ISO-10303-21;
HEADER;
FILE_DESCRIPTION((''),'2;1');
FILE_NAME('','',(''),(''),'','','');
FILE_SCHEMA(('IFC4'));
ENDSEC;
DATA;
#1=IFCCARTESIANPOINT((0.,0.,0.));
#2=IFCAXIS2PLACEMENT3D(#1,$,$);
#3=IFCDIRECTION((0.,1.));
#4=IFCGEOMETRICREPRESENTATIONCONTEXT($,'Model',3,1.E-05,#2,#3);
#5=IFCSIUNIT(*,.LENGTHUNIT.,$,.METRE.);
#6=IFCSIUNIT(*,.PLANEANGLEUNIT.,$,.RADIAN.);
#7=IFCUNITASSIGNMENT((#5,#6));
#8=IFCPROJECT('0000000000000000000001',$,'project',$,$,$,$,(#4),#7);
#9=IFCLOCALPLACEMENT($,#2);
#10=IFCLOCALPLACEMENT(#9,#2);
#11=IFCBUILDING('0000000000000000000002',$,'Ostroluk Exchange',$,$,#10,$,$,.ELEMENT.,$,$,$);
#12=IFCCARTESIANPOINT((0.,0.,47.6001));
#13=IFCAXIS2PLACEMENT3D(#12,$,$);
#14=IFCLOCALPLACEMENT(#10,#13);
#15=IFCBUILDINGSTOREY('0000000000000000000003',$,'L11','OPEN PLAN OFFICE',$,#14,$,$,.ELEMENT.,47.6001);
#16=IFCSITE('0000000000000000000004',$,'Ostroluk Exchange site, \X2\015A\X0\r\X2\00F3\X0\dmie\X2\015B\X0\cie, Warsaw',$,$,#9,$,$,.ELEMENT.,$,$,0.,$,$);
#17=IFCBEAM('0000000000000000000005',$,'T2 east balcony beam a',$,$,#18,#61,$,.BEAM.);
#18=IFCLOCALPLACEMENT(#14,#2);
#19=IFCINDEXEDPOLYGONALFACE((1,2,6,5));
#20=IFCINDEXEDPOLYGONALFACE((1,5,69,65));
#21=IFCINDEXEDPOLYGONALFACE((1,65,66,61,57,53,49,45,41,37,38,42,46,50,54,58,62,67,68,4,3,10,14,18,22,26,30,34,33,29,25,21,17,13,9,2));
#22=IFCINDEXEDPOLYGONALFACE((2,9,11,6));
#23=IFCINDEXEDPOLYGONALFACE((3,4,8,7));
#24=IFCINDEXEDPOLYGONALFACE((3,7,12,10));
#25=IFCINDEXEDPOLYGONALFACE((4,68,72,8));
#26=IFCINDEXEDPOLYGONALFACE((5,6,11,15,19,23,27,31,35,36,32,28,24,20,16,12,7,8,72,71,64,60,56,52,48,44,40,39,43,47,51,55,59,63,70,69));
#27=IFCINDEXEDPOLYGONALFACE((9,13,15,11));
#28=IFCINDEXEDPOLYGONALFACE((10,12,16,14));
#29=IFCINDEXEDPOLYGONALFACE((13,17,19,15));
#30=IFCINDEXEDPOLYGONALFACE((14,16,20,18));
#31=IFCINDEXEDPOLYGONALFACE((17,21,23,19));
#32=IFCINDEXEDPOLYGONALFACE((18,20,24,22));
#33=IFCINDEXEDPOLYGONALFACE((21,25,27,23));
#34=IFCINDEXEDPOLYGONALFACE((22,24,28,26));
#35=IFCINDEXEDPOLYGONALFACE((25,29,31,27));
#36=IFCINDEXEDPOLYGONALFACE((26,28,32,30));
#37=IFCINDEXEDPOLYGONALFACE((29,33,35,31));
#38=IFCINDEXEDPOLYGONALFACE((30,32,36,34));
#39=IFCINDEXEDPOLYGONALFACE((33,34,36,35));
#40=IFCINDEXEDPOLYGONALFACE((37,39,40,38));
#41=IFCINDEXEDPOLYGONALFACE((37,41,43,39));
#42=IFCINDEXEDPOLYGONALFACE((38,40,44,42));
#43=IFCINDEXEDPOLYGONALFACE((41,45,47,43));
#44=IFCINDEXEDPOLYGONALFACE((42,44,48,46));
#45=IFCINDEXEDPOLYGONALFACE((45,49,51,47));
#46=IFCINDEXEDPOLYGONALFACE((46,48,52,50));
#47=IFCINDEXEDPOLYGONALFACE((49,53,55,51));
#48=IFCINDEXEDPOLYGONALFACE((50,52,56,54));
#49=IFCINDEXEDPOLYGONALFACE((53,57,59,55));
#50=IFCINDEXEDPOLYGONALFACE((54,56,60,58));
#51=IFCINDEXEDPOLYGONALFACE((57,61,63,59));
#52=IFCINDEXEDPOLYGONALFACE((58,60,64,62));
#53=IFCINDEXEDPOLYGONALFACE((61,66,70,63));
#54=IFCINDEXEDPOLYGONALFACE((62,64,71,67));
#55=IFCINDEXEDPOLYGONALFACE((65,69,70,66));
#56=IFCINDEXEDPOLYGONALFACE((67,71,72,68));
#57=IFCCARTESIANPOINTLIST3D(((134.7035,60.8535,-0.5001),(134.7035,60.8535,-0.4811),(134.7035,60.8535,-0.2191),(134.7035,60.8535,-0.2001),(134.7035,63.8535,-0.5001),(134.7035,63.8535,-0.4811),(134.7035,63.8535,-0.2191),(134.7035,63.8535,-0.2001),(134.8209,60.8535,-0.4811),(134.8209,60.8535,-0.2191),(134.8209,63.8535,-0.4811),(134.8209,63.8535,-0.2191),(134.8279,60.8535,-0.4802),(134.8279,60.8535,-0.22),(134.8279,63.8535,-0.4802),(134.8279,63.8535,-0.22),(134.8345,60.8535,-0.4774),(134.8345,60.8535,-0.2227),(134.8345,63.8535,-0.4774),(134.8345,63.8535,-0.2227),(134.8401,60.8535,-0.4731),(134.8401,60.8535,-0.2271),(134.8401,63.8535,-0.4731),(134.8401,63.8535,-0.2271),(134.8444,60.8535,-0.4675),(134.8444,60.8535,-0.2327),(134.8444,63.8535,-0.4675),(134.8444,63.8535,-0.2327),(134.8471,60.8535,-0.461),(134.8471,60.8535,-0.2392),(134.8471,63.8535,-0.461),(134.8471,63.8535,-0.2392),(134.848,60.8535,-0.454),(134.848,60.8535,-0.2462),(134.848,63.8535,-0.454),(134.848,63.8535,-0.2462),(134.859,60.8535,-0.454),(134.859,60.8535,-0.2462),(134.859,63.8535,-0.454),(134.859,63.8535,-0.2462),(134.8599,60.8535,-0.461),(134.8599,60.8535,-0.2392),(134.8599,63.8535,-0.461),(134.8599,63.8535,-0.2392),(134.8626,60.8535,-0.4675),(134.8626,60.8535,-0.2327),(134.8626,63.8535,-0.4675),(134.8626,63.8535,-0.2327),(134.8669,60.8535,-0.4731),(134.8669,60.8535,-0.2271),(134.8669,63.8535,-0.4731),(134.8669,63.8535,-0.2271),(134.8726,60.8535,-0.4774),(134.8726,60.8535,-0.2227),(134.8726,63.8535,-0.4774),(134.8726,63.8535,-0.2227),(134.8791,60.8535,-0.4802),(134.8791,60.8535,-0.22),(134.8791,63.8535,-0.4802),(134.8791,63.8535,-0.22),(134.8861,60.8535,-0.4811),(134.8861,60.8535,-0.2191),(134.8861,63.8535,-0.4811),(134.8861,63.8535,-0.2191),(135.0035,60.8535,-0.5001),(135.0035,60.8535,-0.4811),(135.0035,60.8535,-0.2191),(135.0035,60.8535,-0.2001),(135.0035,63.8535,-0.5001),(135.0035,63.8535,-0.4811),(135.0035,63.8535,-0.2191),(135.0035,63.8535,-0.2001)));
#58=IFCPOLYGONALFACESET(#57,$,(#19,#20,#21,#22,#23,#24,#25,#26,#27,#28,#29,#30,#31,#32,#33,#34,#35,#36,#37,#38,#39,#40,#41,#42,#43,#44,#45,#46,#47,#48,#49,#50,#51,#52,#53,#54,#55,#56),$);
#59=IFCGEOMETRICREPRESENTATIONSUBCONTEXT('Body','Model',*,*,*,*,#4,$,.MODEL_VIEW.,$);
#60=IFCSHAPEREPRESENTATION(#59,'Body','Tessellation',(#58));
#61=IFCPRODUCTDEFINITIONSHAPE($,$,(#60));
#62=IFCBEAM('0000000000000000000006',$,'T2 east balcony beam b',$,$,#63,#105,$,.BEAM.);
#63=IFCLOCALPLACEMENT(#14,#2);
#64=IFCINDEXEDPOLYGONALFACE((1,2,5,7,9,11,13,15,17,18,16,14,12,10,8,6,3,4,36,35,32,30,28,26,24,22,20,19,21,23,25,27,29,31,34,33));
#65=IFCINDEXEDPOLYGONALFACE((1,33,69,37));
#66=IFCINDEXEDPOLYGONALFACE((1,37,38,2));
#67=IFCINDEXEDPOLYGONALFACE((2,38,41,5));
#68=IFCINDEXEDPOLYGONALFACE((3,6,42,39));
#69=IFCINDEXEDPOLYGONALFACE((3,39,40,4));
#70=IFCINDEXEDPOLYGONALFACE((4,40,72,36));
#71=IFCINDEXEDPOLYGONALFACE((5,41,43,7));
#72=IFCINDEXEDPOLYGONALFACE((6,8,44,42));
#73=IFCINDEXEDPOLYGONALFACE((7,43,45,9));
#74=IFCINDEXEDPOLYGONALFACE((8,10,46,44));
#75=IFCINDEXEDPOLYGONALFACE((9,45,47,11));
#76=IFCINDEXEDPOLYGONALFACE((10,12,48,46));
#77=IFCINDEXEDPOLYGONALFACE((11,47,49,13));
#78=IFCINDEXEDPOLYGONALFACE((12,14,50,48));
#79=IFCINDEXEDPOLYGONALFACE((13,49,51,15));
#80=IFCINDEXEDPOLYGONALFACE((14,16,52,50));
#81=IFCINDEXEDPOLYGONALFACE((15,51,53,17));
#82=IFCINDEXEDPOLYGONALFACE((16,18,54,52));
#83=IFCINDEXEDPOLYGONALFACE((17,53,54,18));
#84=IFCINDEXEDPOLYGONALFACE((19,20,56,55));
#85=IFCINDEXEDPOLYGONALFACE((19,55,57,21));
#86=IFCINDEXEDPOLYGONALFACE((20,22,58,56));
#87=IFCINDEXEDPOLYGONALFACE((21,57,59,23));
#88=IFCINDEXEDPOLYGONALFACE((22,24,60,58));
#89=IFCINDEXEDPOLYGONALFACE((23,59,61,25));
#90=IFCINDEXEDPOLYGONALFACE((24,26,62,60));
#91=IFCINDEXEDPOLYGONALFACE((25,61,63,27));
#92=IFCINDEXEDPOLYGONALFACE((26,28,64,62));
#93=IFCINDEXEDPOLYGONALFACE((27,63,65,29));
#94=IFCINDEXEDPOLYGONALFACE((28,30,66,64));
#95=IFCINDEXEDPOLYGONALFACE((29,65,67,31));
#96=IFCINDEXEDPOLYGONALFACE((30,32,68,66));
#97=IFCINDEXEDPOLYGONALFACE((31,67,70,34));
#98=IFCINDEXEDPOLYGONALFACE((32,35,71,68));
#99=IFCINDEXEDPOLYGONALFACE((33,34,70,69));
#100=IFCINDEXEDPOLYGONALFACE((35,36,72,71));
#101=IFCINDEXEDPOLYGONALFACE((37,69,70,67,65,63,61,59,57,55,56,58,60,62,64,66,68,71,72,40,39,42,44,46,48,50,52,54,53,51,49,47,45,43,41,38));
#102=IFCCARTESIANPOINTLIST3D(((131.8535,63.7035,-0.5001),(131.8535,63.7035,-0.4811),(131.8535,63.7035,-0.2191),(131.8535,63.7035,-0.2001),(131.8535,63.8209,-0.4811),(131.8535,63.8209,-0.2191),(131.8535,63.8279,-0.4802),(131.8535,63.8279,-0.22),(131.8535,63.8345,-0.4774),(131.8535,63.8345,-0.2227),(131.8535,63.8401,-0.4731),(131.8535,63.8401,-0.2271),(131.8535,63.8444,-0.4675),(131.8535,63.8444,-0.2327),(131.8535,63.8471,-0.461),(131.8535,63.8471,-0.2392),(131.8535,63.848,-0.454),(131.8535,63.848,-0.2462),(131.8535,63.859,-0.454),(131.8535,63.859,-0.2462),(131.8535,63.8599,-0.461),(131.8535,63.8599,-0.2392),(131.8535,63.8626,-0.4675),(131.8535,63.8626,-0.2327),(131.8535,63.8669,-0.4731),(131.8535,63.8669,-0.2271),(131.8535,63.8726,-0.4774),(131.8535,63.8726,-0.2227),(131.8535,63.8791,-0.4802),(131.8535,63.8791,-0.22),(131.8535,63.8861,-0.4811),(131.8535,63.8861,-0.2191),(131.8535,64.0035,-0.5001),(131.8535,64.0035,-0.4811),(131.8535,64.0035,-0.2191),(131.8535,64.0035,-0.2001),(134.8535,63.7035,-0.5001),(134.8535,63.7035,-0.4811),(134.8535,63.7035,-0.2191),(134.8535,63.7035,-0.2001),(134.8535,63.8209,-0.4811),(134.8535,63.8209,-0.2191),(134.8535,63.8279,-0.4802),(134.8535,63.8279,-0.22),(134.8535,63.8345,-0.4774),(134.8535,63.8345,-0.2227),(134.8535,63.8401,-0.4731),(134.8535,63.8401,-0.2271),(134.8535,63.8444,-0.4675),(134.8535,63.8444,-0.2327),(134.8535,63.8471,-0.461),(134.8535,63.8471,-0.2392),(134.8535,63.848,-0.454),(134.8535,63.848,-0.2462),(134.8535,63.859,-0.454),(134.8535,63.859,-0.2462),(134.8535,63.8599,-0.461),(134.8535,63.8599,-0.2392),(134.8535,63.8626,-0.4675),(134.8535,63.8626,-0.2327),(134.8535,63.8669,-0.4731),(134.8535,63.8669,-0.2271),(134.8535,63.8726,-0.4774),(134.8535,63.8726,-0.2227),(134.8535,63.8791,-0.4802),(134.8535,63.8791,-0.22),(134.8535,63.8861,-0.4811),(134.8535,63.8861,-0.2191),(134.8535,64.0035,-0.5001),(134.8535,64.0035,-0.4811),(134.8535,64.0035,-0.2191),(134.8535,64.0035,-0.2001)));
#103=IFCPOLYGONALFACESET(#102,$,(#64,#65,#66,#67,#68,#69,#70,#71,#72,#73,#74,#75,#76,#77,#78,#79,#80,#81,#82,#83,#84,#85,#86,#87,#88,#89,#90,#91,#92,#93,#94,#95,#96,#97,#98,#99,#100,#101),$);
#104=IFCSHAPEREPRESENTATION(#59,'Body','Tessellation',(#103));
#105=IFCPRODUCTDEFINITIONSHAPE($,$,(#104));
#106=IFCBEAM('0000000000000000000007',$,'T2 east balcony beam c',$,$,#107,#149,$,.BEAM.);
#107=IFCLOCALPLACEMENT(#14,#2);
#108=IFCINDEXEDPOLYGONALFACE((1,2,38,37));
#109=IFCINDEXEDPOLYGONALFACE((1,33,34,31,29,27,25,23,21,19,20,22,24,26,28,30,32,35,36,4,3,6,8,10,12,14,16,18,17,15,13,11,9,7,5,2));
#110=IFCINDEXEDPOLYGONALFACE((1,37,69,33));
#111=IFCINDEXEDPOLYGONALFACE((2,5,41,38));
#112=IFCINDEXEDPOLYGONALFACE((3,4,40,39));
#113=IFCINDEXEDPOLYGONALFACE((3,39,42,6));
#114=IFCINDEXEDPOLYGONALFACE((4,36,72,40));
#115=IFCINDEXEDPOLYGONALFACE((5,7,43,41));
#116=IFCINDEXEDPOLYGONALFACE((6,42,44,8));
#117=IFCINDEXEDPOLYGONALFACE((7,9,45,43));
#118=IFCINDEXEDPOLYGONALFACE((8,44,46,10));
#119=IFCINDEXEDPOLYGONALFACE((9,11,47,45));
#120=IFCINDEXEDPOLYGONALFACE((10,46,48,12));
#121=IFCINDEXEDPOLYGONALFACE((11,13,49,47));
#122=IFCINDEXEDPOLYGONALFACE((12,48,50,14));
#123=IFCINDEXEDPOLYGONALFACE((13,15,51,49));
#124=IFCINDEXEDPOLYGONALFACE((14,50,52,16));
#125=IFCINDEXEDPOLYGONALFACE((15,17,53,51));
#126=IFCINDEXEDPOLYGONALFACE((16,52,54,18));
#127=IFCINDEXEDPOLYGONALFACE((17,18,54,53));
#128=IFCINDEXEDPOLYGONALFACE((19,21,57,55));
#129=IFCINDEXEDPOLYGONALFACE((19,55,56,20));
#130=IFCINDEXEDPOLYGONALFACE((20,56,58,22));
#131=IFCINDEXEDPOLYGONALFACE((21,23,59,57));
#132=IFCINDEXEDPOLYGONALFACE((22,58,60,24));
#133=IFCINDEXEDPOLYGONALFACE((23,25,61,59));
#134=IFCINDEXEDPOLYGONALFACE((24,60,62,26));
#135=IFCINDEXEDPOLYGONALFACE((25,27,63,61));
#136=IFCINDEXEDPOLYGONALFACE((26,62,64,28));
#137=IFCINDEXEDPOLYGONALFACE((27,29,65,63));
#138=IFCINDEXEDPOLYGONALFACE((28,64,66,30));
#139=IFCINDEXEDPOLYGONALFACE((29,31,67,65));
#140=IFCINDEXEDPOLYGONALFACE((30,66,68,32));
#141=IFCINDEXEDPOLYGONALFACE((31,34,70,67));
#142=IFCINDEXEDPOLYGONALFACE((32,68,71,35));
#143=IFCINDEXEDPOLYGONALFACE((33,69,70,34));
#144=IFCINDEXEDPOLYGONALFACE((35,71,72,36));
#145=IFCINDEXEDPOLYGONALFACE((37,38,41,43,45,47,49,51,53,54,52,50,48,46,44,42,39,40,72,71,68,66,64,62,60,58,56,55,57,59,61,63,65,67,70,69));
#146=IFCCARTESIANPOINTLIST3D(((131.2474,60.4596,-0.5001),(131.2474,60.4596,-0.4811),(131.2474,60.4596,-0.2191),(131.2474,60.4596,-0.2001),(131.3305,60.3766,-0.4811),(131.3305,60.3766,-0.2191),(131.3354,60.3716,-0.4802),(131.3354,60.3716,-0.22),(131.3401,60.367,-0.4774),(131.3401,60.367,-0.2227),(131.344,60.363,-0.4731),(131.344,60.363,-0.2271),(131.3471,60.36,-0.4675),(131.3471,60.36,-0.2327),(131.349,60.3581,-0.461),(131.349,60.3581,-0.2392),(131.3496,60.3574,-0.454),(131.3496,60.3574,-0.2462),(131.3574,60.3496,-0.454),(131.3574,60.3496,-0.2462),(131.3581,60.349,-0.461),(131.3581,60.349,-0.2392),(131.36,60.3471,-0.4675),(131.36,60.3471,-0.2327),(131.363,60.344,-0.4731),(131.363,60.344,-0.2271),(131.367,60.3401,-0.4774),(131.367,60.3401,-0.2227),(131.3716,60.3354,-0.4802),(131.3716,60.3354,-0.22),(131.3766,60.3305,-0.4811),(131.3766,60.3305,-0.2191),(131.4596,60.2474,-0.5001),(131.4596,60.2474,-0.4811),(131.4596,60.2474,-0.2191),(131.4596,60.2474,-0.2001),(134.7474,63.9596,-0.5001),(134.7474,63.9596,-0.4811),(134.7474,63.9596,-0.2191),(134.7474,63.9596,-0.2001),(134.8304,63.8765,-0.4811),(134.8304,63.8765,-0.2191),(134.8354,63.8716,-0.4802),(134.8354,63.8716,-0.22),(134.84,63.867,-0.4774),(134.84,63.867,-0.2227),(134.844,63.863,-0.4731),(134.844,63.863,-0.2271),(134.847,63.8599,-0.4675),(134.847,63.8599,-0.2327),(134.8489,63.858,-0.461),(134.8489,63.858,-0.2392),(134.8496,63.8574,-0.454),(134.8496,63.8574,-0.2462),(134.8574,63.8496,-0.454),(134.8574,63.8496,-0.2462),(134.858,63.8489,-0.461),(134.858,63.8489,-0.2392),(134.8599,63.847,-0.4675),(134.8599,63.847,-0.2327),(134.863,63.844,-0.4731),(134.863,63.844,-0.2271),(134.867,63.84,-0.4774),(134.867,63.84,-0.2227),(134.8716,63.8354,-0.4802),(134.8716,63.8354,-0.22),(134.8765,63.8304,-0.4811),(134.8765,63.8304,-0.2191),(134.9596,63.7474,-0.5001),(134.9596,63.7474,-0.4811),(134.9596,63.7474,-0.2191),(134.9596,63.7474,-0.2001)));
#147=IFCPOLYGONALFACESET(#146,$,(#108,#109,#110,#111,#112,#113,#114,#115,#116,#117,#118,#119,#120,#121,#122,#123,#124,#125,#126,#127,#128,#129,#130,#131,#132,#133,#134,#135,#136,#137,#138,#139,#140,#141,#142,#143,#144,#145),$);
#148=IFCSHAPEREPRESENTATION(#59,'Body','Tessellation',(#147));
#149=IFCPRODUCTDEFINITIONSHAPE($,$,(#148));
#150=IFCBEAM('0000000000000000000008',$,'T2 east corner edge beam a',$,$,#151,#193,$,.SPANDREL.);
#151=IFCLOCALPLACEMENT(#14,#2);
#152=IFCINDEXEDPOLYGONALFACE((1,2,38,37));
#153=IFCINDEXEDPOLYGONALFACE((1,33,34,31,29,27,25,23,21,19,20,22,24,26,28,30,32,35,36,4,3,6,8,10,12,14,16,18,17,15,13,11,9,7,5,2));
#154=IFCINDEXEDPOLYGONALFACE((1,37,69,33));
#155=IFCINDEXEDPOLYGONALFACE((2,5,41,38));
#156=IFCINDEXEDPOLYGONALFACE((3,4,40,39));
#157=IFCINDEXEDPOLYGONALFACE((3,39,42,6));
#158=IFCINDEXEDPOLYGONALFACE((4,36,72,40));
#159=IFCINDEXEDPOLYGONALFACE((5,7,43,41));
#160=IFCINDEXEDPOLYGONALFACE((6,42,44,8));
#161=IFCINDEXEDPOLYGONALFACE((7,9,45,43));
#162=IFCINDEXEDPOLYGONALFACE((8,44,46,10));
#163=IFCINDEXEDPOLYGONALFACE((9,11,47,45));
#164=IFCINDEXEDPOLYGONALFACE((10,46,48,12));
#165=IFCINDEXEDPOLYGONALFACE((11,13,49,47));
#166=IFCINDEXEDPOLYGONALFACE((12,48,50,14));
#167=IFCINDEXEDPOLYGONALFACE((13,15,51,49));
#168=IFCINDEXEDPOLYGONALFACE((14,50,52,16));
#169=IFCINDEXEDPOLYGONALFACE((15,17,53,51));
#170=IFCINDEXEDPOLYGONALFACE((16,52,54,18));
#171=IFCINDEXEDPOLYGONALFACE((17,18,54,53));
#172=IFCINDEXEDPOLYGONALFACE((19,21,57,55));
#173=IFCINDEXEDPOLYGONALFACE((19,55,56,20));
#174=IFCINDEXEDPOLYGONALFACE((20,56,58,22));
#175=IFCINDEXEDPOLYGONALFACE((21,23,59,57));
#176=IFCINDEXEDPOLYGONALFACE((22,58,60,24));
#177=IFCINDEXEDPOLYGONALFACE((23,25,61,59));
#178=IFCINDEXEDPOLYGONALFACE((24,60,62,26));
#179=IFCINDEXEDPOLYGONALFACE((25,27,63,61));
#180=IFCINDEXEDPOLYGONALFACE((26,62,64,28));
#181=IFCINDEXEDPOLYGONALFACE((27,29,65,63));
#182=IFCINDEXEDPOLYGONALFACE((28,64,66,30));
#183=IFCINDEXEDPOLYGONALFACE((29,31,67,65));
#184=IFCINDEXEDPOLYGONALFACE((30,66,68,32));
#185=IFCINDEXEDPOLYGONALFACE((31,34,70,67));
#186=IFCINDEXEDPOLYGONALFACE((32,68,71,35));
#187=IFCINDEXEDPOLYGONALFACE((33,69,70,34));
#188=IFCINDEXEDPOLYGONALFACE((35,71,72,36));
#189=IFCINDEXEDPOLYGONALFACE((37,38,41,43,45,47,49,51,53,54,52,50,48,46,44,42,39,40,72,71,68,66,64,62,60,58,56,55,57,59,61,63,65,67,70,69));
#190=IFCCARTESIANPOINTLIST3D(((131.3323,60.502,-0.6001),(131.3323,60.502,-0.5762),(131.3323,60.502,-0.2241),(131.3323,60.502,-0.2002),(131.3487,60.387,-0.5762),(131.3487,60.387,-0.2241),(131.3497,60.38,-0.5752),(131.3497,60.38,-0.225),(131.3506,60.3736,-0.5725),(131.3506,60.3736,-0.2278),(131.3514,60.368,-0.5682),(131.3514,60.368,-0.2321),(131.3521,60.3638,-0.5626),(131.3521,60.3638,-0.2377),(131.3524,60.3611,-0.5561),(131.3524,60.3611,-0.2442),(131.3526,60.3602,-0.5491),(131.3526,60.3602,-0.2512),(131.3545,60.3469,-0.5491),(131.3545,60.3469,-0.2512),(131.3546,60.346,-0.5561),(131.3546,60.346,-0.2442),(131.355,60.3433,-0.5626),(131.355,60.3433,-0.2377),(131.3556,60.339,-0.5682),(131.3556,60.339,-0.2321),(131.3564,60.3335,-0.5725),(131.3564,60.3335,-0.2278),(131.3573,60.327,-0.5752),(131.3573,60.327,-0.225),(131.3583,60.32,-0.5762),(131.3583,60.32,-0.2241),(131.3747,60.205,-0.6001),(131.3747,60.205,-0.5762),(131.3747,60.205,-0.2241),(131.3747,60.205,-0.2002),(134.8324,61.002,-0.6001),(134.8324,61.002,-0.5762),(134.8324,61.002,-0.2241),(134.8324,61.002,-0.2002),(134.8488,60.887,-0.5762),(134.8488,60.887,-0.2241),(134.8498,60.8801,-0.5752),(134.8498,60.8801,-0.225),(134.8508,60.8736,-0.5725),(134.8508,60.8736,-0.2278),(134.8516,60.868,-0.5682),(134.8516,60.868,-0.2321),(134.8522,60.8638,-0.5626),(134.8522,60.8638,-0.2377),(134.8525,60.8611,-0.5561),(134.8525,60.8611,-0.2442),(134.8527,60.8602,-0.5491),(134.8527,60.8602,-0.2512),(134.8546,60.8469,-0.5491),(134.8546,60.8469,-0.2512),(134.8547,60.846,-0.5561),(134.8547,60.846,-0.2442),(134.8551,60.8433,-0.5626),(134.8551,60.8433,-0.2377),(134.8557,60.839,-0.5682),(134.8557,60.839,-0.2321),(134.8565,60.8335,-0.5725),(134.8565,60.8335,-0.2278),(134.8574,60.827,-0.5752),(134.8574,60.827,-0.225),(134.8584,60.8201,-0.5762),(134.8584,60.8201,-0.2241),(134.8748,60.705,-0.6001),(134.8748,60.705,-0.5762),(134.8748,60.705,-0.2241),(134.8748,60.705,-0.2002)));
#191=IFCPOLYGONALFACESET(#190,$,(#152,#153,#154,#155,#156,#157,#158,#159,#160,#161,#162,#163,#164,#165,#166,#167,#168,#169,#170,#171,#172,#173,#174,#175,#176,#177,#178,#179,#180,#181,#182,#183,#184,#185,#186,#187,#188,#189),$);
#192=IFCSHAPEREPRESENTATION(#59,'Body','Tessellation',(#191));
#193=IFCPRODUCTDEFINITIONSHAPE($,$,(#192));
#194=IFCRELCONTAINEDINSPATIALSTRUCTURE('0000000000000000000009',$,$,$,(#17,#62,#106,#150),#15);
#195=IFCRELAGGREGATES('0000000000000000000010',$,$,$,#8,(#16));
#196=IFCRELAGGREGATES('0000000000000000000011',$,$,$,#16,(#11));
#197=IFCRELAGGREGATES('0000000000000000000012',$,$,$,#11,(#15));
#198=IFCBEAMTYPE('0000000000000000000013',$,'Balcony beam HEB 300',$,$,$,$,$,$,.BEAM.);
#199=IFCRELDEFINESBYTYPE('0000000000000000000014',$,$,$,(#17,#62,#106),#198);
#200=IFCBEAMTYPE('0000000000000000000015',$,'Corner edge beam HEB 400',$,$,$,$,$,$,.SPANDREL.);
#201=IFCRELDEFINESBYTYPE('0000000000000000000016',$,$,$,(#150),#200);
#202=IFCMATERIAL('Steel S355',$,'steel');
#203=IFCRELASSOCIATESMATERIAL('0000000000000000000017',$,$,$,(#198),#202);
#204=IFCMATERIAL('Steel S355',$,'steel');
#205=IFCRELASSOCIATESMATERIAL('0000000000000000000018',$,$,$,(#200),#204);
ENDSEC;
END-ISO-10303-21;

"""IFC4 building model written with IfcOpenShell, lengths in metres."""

from ifc_helpers import new_model, si_unit, direction, frame, origin, origin_2d, place, context, subcontext, project, spatial, i_section, extrude, material, material_profile, profile_set, type_object, element, save


model = new_model("IFC4")

# Units and contexts
model_context = context("Model", 3, precision=1e-05, world=origin(), true_north=direction((0.0, 1.0)))
body_context = subcontext(model_context, "Body", "Model", "MODEL_VIEW")
ifc_project = project(units=[si_unit("LENGTHUNIT", "METRE"), si_unit("PLANEANGLEUNIT", "RADIAN")], contexts=[model_context])

# Site, building, storey
site_placement = place(None, origin())
site = spatial("IfcSite", under=ifc_project, at=site_placement, Name="Ostroluk Exchange site, Śródmieście, Warsaw", CompositionType="ELEMENT", RefElevation=0.0)
building_placement = place(site_placement, origin())
building = spatial("IfcBuilding", under=site, at=building_placement, Name="Ostroluk Exchange", CompositionType="ELEMENT")
storey_placement = place(building_placement, frame((0.0, 0.0, 47.6001)))
storey = spatial("IfcBuildingStorey", under=building, at=storey_placement, Name="L11", Description="OPEN PLAN OFFICE", CompositionType="ELEMENT", Elevation=47.6001)

# Beams
ifc_material_1 = material(Name="Steel S355", Category="steel")
ifc_material_profile_1 = material_profile(ifc_material_1, i_section(OverallWidth=0.3, OverallDepth=0.3, WebThickness=0.011, FlangeThickness=0.019, FilletRadius=0.0271, at=origin_2d()), Name="HEB 300")
ifc_profile_set_1 = profile_set([ifc_material_profile_1], Name="Steel S355")
beam_type_1 = type_object("IfcBeamType", Name="Balcony beam HEB 300", PredefinedType="BEAM", material=ifc_profile_set_1)
for number, where, z_axis, x_axis, name in (
    (1, (134.8535, 60.8535, -0.3501), (0.0, 1.0, 0.0), (-1.0, 0.0, 0.0), "T2 east balcony beam a"),
    (2, (131.8535, 63.8535, -0.3501), (1.0, 0.0, 0.0), (0.0, 1.0, 0.0), "T2 east balcony beam b"),
):
    element("IfcBeam", number, at=place(storey_placement, frame(where, z_axis=z_axis, x_axis=x_axis)), inside=storey, type_object=beam_type_1, Name=name, PredefinedType="BEAM", context=body_context, shape_type="SweptSolid", body=[
        extrude(i_section(OverallWidth=0.3, OverallDepth=0.3, WebThickness=0.011, FlangeThickness=0.019, FilletRadius=0.0271, at=origin_2d()), origin(), (0.0, 0.0, 1.0), 3.0),
    ])
beam_1_placement = place(storey_placement, frame((131.3535, 60.3535, -0.3501), z_axis=(0.707107, 0.707107, 0.0), x_axis=(-0.707107, 0.707107, 0.0)))
element("IfcBeam", 3, at=beam_1_placement, inside=storey, type_object=beam_type_1, Name="T2 east balcony beam c", PredefinedType="BEAM", context=body_context, shape_type="SweptSolid", body=[
    extrude(i_section(OverallWidth=0.3, OverallDepth=0.3, WebThickness=0.011, FlangeThickness=0.019, FilletRadius=0.0271, at=origin_2d()), origin(), (0.0, 0.0, 1.0), 4.9497),
])
ifc_material_2 = material(Name="Steel S355", Category="steel")
ifc_material_profile_2 = material_profile(ifc_material_2, i_section(OverallWidth=0.3, OverallDepth=0.3999, WebThickness=0.0134, FlangeThickness=0.0239, FilletRadius=0.0271, at=origin_2d()), Name="HEB 400")
ifc_profile_set_2 = profile_set([ifc_material_profile_2], Name="Steel S355")
beam_type_2 = type_object("IfcBeamType", Name="Corner edge beam HEB 400", PredefinedType="SPANDREL", material=ifc_profile_set_2)
for number, where, z_axis, x_axis, name in (
    (4, (131.3535, 60.3535, -0.4001), (0.989949, 0.141421, 0.0), (-0.141421, 0.989949, 0.0), "T2 east corner edge beam a"),
):
    element("IfcBeam", number, at=place(storey_placement, frame(where, z_axis=z_axis, x_axis=x_axis)), inside=storey, type_object=beam_type_2, Name=name, PredefinedType="SPANDREL", context=body_context, shape_type="SweptSolid", body=[
        extrude(i_section(OverallWidth=0.3, OverallDepth=0.3999, WebThickness=0.0134, FlangeThickness=0.0239, FilletRadius=0.0271, at=origin_2d()), origin(), (0.0, 0.0, 1.0), 3.5356),
    ])

save(model, "model.ifc")
